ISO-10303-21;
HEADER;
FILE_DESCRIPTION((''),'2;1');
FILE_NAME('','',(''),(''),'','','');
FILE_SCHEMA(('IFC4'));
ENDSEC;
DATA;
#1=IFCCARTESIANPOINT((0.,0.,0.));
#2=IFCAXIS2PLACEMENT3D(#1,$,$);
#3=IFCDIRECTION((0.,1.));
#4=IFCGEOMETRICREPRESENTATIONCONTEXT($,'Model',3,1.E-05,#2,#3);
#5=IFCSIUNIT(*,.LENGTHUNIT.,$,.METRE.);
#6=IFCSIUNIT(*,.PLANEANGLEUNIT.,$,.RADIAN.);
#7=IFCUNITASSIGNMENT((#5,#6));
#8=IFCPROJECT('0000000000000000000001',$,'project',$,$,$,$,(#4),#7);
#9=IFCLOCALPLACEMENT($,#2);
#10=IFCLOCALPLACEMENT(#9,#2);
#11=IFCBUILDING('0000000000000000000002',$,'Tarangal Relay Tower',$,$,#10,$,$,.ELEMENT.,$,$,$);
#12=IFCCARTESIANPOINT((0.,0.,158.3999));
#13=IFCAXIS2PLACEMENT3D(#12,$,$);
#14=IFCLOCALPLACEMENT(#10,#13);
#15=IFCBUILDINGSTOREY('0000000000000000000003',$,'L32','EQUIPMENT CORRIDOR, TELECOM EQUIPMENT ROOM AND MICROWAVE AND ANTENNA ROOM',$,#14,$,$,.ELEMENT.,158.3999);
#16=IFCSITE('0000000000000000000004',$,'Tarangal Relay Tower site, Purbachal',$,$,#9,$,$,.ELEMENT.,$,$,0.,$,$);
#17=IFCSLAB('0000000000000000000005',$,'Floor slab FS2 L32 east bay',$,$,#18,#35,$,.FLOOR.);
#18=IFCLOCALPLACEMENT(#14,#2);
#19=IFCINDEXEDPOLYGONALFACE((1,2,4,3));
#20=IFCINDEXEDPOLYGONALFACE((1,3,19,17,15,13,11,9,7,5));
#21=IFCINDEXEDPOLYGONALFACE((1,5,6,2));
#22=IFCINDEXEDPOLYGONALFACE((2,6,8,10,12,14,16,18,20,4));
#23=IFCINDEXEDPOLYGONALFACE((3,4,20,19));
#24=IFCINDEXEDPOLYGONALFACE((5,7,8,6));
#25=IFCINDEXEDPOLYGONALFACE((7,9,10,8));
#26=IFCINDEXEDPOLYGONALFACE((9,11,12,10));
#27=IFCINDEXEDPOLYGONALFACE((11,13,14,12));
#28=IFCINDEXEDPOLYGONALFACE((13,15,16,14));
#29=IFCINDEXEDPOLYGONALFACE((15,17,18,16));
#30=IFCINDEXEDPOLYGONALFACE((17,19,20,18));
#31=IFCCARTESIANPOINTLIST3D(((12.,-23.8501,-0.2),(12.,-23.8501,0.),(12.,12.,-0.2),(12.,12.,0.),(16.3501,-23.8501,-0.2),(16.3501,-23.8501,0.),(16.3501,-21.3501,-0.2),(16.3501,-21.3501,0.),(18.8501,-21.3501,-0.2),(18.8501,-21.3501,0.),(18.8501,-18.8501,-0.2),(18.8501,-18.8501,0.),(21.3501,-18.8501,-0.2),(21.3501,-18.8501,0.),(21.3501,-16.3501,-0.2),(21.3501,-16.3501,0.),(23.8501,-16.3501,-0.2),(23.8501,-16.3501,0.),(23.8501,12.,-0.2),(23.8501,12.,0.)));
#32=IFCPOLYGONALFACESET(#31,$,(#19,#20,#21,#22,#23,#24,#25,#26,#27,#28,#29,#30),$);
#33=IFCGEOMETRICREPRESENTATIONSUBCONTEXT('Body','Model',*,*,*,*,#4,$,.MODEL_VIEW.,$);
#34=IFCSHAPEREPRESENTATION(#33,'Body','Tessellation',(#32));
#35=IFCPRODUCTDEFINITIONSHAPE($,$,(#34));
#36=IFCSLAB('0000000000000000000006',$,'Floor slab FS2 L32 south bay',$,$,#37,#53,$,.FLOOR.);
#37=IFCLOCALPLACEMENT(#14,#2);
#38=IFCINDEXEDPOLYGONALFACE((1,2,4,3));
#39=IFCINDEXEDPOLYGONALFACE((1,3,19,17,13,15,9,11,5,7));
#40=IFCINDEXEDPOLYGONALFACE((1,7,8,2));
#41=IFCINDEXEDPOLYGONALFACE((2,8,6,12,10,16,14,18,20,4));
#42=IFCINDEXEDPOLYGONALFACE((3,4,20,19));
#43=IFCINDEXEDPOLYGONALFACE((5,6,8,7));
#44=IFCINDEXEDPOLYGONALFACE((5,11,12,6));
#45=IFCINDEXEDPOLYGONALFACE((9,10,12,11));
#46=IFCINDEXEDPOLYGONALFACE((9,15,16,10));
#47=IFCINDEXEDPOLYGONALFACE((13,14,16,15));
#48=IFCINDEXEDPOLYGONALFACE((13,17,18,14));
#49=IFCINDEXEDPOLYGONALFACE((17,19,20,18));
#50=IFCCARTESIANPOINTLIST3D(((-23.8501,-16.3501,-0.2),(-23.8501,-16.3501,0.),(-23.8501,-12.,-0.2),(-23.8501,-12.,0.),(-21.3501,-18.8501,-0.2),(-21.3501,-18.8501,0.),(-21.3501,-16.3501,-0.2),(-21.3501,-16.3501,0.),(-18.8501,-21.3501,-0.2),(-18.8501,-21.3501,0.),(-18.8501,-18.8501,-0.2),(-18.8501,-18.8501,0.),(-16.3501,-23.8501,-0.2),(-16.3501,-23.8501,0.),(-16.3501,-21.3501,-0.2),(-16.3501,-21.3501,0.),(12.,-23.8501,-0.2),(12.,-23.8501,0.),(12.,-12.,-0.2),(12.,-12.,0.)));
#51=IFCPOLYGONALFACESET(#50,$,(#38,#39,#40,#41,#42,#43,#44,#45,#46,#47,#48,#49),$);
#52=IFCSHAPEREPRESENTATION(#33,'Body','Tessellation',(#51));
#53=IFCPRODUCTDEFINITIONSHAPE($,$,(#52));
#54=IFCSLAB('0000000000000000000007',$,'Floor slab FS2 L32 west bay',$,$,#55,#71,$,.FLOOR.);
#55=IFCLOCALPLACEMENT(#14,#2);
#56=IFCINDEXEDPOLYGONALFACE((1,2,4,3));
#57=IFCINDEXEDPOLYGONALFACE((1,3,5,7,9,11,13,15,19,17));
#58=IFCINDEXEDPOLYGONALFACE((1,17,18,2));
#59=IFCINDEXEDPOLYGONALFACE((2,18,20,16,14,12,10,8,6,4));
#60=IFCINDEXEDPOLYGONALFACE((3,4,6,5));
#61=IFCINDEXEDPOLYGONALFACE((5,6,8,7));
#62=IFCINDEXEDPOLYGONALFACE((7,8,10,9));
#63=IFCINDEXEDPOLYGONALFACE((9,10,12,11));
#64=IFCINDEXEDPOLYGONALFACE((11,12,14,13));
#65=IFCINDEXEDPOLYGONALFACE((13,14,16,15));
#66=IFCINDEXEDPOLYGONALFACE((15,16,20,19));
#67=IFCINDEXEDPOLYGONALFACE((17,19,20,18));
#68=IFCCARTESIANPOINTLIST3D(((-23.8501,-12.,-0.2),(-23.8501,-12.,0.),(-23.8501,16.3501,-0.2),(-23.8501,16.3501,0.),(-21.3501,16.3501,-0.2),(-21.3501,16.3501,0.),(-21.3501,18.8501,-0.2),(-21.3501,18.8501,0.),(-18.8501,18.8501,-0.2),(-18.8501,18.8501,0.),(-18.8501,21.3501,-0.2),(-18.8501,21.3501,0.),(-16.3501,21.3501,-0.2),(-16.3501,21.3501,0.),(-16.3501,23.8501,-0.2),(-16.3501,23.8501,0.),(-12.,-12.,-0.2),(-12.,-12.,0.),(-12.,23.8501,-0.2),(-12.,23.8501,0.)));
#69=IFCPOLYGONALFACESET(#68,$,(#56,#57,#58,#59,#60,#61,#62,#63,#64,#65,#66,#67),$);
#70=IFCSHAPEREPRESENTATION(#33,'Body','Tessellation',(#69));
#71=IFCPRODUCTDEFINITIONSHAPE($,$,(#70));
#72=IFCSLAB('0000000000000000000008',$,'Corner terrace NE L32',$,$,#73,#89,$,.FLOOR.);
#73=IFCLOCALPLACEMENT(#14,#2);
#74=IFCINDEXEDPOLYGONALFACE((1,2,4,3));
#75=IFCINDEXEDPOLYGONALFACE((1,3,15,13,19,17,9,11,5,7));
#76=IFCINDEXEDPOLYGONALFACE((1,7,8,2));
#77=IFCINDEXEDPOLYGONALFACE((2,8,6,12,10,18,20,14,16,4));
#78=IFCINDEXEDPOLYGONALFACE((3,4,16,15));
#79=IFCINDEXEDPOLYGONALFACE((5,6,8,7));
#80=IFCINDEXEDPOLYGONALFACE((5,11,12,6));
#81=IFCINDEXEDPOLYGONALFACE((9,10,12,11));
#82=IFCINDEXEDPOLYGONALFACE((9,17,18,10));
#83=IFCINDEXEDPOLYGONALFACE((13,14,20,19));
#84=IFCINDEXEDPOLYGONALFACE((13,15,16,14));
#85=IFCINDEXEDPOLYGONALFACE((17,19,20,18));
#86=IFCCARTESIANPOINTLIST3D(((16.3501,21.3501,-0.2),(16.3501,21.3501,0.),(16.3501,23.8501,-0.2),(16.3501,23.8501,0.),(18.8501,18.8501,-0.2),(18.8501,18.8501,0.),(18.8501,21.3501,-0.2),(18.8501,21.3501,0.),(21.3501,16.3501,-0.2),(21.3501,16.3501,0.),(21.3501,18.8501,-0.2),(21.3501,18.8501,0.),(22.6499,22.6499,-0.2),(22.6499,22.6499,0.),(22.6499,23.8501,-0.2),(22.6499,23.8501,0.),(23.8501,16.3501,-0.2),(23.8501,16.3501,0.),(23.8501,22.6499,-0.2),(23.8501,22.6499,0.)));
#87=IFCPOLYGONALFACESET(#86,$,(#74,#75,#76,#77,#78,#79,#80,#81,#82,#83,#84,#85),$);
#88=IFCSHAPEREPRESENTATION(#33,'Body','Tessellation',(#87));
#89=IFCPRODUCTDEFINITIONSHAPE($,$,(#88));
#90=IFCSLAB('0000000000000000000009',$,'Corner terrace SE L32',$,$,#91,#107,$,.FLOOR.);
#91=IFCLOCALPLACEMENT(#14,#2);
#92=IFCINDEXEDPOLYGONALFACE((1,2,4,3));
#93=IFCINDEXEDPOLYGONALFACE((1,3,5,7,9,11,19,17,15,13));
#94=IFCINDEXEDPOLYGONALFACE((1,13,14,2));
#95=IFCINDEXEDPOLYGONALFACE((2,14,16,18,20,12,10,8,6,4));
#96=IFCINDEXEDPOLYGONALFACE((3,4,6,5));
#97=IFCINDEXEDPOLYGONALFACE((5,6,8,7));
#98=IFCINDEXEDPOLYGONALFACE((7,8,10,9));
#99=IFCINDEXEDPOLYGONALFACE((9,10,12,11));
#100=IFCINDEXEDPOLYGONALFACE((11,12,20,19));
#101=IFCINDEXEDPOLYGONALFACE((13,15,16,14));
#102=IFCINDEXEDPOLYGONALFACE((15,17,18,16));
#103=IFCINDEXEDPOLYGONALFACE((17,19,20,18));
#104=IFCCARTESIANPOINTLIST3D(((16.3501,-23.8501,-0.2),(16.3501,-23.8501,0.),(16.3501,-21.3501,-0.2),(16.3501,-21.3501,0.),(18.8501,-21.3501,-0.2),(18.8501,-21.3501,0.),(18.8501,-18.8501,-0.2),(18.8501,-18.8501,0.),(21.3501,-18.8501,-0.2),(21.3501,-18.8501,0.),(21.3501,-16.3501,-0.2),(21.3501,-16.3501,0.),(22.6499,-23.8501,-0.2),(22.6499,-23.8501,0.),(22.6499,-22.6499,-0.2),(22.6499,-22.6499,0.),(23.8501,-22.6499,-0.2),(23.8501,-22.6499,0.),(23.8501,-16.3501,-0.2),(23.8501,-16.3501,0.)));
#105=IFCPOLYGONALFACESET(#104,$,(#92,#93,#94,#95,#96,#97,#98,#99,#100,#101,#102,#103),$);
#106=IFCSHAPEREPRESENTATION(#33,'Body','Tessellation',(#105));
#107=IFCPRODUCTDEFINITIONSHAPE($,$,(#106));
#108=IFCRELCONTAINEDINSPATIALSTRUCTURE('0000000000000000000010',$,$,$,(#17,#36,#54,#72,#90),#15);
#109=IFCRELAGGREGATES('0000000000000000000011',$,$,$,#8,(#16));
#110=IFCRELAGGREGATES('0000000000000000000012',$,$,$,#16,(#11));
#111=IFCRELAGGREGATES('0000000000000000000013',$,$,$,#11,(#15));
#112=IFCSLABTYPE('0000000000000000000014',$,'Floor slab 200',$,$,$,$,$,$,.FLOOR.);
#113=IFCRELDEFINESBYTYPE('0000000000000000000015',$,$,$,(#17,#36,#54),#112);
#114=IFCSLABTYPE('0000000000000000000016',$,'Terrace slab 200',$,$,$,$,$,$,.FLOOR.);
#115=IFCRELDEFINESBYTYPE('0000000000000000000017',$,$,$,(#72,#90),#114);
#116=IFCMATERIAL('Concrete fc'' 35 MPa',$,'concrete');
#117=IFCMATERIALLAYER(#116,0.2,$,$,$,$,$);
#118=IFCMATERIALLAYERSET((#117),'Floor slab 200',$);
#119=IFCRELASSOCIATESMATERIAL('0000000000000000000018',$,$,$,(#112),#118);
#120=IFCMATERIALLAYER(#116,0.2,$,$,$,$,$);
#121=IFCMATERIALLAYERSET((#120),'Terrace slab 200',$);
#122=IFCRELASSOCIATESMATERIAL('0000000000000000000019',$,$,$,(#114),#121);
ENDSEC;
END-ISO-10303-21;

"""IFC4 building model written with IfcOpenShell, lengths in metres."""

from ifc_helpers import new_model, si_unit, direction, frame, origin, place, context, subcontext, project, spatial, polyline, outline, extrude, material, layer, layer_set, type_object, element, save


model = new_model("IFC4")

# Units and contexts
model_context = context("Model", 3, precision=1e-05, world=origin(), true_north=direction((0.0, 1.0)))
body_context = subcontext(model_context, "Body", "Model", "MODEL_VIEW")
ifc_project = project(units=[si_unit("LENGTHUNIT", "METRE"), si_unit("PLANEANGLEUNIT", "RADIAN")], contexts=[model_context])

# Site, building, storey
site_placement = place(None, origin())
site = spatial("IfcSite", under=ifc_project, at=site_placement, Name="Tarangal Relay Tower site, Purbachal", CompositionType="ELEMENT", RefElevation=0.0)
building_placement = place(site_placement, origin())
building = spatial("IfcBuilding", under=site, at=building_placement, Name="Tarangal Relay Tower", CompositionType="ELEMENT")
storey_placement = place(building_placement, frame((0.0, 0.0, 158.3999)))
storey = spatial("IfcBuildingStorey", under=building, at=storey_placement, Name="L32", Description="EQUIPMENT CORRIDOR, TELECOM EQUIPMENT ROOM AND MICROWAVE AND ANTENNA ROOM", CompositionType="ELEMENT", Elevation=158.3999)

# Slabs
ifc_material_1 = material(Name="Concrete fc' 35 MPa", Category="concrete")
ifc_layer_1 = layer(ifc_material_1, 0.2)
ifc_layer_set_1 = layer_set([ifc_layer_1], Name="Floor slab 200")
slab_type_1 = type_object("IfcSlabType", Name="Floor slab 200", PredefinedType="FLOOR", material=ifc_layer_set_1)
slab_1_placement = place(storey_placement, frame((0.0, 0.0, -0.2)))
element("IfcSlab", 1, at=slab_1_placement, inside=storey, type_object=slab_type_1, Name="Floor slab FS2 L32 east bay", PredefinedType="FLOOR", context=body_context, shape_type="SweptSolid", body=[
    extrude(outline(polyline([(23.8501, -16.3501), (21.3501, -16.3501), (21.3501, -18.8501), (18.8501, -18.8501), (18.8501, -21.3501), (16.3501, -21.3501), (16.3501, -23.8501), (12.0, -23.8501), (12.0, 12.0), (23.8501, 12.0), (23.8501, -16.3501)])), origin(), (0.0, 0.0, 1.0), 0.2),
])
slab_2_placement = place(storey_placement, frame((0.0, 0.0, -0.2)))
element("IfcSlab", 2, at=slab_2_placement, inside=storey, type_object=slab_type_1, Name="Floor slab FS2 L32 south bay", PredefinedType="FLOOR", context=body_context, shape_type="SweptSolid", body=[
    extrude(outline(polyline([(-16.3501, -23.8501), (-16.3501, -21.3501), (-18.8501, -21.3501), (-18.8501, -18.8501), (-21.3501, -18.8501), (-21.3501, -16.3501), (-23.8501, -16.3501), (-23.8501, -12.0), (12.0, -12.0), (12.0, -23.8501), (-16.3501, -23.8501)])), origin(), (0.0, 0.0, 1.0), 0.2),
])
slab_3_placement = place(storey_placement, frame((0.0, 0.0, -0.2)))
element("IfcSlab", 3, at=slab_3_placement, inside=storey, type_object=slab_type_1, Name="Floor slab FS2 L32 west bay", PredefinedType="FLOOR", context=body_context, shape_type="SweptSolid", body=[
    extrude(outline(polyline([(-12.0, 23.8501), (-12.0, -12.0), (-23.8501, -12.0), (-23.8501, 16.3501), (-21.3501, 16.3501), (-21.3501, 18.8501), (-18.8501, 18.8501), (-18.8501, 21.3501), (-16.3501, 21.3501), (-16.3501, 23.8501), (-12.0, 23.8501)])), origin(), (0.0, 0.0, 1.0), 0.2),
])
ifc_layer_2 = layer(ifc_material_1, 0.2)
ifc_layer_set_2 = layer_set([ifc_layer_2], Name="Terrace slab 200")
slab_type_2 = type_object("IfcSlabType", Name="Terrace slab 200", PredefinedType="FLOOR", material=ifc_layer_set_2)
slab_4_placement = place(storey_placement, frame((0.0, 0.0, -0.2)))
element("IfcSlab", 4, at=slab_4_placement, inside=storey, type_object=slab_type_2, Name="Corner terrace NE L32", PredefinedType="FLOOR", context=body_context, shape_type="SweptSolid", body=[
    extrude(outline(polyline([(16.3501, 23.8501), (16.3501, 21.3501), (18.8501, 21.3501), (18.8501, 18.8501), (21.3501, 18.8501), (21.3501, 16.3501), (23.8501, 16.3501), (23.8501, 22.6499), (22.6499, 22.6499), (22.6499, 23.8501), (16.3501, 23.8501)])), origin(), (0.0, 0.0, 1.0), 0.2),
])
slab_5_placement = place(storey_placement, frame((0.0, 0.0, -0.2)))
element("IfcSlab", 5, at=slab_5_placement, inside=storey, type_object=slab_type_2, Name="Corner terrace SE L32", PredefinedType="FLOOR", context=body_context, shape_type="SweptSolid", body=[
    extrude(outline(polyline([(23.8501, -16.3501), (21.3501, -16.3501), (21.3501, -18.8501), (18.8501, -18.8501), (18.8501, -21.3501), (16.3501, -21.3501), (16.3501, -23.8501), (22.6499, -23.8501), (22.6499, -22.6499), (23.8501, -22.6499), (23.8501, -16.3501)])), origin(), (0.0, 0.0, 1.0), 0.2),
])

save(model, "model.ifc")
